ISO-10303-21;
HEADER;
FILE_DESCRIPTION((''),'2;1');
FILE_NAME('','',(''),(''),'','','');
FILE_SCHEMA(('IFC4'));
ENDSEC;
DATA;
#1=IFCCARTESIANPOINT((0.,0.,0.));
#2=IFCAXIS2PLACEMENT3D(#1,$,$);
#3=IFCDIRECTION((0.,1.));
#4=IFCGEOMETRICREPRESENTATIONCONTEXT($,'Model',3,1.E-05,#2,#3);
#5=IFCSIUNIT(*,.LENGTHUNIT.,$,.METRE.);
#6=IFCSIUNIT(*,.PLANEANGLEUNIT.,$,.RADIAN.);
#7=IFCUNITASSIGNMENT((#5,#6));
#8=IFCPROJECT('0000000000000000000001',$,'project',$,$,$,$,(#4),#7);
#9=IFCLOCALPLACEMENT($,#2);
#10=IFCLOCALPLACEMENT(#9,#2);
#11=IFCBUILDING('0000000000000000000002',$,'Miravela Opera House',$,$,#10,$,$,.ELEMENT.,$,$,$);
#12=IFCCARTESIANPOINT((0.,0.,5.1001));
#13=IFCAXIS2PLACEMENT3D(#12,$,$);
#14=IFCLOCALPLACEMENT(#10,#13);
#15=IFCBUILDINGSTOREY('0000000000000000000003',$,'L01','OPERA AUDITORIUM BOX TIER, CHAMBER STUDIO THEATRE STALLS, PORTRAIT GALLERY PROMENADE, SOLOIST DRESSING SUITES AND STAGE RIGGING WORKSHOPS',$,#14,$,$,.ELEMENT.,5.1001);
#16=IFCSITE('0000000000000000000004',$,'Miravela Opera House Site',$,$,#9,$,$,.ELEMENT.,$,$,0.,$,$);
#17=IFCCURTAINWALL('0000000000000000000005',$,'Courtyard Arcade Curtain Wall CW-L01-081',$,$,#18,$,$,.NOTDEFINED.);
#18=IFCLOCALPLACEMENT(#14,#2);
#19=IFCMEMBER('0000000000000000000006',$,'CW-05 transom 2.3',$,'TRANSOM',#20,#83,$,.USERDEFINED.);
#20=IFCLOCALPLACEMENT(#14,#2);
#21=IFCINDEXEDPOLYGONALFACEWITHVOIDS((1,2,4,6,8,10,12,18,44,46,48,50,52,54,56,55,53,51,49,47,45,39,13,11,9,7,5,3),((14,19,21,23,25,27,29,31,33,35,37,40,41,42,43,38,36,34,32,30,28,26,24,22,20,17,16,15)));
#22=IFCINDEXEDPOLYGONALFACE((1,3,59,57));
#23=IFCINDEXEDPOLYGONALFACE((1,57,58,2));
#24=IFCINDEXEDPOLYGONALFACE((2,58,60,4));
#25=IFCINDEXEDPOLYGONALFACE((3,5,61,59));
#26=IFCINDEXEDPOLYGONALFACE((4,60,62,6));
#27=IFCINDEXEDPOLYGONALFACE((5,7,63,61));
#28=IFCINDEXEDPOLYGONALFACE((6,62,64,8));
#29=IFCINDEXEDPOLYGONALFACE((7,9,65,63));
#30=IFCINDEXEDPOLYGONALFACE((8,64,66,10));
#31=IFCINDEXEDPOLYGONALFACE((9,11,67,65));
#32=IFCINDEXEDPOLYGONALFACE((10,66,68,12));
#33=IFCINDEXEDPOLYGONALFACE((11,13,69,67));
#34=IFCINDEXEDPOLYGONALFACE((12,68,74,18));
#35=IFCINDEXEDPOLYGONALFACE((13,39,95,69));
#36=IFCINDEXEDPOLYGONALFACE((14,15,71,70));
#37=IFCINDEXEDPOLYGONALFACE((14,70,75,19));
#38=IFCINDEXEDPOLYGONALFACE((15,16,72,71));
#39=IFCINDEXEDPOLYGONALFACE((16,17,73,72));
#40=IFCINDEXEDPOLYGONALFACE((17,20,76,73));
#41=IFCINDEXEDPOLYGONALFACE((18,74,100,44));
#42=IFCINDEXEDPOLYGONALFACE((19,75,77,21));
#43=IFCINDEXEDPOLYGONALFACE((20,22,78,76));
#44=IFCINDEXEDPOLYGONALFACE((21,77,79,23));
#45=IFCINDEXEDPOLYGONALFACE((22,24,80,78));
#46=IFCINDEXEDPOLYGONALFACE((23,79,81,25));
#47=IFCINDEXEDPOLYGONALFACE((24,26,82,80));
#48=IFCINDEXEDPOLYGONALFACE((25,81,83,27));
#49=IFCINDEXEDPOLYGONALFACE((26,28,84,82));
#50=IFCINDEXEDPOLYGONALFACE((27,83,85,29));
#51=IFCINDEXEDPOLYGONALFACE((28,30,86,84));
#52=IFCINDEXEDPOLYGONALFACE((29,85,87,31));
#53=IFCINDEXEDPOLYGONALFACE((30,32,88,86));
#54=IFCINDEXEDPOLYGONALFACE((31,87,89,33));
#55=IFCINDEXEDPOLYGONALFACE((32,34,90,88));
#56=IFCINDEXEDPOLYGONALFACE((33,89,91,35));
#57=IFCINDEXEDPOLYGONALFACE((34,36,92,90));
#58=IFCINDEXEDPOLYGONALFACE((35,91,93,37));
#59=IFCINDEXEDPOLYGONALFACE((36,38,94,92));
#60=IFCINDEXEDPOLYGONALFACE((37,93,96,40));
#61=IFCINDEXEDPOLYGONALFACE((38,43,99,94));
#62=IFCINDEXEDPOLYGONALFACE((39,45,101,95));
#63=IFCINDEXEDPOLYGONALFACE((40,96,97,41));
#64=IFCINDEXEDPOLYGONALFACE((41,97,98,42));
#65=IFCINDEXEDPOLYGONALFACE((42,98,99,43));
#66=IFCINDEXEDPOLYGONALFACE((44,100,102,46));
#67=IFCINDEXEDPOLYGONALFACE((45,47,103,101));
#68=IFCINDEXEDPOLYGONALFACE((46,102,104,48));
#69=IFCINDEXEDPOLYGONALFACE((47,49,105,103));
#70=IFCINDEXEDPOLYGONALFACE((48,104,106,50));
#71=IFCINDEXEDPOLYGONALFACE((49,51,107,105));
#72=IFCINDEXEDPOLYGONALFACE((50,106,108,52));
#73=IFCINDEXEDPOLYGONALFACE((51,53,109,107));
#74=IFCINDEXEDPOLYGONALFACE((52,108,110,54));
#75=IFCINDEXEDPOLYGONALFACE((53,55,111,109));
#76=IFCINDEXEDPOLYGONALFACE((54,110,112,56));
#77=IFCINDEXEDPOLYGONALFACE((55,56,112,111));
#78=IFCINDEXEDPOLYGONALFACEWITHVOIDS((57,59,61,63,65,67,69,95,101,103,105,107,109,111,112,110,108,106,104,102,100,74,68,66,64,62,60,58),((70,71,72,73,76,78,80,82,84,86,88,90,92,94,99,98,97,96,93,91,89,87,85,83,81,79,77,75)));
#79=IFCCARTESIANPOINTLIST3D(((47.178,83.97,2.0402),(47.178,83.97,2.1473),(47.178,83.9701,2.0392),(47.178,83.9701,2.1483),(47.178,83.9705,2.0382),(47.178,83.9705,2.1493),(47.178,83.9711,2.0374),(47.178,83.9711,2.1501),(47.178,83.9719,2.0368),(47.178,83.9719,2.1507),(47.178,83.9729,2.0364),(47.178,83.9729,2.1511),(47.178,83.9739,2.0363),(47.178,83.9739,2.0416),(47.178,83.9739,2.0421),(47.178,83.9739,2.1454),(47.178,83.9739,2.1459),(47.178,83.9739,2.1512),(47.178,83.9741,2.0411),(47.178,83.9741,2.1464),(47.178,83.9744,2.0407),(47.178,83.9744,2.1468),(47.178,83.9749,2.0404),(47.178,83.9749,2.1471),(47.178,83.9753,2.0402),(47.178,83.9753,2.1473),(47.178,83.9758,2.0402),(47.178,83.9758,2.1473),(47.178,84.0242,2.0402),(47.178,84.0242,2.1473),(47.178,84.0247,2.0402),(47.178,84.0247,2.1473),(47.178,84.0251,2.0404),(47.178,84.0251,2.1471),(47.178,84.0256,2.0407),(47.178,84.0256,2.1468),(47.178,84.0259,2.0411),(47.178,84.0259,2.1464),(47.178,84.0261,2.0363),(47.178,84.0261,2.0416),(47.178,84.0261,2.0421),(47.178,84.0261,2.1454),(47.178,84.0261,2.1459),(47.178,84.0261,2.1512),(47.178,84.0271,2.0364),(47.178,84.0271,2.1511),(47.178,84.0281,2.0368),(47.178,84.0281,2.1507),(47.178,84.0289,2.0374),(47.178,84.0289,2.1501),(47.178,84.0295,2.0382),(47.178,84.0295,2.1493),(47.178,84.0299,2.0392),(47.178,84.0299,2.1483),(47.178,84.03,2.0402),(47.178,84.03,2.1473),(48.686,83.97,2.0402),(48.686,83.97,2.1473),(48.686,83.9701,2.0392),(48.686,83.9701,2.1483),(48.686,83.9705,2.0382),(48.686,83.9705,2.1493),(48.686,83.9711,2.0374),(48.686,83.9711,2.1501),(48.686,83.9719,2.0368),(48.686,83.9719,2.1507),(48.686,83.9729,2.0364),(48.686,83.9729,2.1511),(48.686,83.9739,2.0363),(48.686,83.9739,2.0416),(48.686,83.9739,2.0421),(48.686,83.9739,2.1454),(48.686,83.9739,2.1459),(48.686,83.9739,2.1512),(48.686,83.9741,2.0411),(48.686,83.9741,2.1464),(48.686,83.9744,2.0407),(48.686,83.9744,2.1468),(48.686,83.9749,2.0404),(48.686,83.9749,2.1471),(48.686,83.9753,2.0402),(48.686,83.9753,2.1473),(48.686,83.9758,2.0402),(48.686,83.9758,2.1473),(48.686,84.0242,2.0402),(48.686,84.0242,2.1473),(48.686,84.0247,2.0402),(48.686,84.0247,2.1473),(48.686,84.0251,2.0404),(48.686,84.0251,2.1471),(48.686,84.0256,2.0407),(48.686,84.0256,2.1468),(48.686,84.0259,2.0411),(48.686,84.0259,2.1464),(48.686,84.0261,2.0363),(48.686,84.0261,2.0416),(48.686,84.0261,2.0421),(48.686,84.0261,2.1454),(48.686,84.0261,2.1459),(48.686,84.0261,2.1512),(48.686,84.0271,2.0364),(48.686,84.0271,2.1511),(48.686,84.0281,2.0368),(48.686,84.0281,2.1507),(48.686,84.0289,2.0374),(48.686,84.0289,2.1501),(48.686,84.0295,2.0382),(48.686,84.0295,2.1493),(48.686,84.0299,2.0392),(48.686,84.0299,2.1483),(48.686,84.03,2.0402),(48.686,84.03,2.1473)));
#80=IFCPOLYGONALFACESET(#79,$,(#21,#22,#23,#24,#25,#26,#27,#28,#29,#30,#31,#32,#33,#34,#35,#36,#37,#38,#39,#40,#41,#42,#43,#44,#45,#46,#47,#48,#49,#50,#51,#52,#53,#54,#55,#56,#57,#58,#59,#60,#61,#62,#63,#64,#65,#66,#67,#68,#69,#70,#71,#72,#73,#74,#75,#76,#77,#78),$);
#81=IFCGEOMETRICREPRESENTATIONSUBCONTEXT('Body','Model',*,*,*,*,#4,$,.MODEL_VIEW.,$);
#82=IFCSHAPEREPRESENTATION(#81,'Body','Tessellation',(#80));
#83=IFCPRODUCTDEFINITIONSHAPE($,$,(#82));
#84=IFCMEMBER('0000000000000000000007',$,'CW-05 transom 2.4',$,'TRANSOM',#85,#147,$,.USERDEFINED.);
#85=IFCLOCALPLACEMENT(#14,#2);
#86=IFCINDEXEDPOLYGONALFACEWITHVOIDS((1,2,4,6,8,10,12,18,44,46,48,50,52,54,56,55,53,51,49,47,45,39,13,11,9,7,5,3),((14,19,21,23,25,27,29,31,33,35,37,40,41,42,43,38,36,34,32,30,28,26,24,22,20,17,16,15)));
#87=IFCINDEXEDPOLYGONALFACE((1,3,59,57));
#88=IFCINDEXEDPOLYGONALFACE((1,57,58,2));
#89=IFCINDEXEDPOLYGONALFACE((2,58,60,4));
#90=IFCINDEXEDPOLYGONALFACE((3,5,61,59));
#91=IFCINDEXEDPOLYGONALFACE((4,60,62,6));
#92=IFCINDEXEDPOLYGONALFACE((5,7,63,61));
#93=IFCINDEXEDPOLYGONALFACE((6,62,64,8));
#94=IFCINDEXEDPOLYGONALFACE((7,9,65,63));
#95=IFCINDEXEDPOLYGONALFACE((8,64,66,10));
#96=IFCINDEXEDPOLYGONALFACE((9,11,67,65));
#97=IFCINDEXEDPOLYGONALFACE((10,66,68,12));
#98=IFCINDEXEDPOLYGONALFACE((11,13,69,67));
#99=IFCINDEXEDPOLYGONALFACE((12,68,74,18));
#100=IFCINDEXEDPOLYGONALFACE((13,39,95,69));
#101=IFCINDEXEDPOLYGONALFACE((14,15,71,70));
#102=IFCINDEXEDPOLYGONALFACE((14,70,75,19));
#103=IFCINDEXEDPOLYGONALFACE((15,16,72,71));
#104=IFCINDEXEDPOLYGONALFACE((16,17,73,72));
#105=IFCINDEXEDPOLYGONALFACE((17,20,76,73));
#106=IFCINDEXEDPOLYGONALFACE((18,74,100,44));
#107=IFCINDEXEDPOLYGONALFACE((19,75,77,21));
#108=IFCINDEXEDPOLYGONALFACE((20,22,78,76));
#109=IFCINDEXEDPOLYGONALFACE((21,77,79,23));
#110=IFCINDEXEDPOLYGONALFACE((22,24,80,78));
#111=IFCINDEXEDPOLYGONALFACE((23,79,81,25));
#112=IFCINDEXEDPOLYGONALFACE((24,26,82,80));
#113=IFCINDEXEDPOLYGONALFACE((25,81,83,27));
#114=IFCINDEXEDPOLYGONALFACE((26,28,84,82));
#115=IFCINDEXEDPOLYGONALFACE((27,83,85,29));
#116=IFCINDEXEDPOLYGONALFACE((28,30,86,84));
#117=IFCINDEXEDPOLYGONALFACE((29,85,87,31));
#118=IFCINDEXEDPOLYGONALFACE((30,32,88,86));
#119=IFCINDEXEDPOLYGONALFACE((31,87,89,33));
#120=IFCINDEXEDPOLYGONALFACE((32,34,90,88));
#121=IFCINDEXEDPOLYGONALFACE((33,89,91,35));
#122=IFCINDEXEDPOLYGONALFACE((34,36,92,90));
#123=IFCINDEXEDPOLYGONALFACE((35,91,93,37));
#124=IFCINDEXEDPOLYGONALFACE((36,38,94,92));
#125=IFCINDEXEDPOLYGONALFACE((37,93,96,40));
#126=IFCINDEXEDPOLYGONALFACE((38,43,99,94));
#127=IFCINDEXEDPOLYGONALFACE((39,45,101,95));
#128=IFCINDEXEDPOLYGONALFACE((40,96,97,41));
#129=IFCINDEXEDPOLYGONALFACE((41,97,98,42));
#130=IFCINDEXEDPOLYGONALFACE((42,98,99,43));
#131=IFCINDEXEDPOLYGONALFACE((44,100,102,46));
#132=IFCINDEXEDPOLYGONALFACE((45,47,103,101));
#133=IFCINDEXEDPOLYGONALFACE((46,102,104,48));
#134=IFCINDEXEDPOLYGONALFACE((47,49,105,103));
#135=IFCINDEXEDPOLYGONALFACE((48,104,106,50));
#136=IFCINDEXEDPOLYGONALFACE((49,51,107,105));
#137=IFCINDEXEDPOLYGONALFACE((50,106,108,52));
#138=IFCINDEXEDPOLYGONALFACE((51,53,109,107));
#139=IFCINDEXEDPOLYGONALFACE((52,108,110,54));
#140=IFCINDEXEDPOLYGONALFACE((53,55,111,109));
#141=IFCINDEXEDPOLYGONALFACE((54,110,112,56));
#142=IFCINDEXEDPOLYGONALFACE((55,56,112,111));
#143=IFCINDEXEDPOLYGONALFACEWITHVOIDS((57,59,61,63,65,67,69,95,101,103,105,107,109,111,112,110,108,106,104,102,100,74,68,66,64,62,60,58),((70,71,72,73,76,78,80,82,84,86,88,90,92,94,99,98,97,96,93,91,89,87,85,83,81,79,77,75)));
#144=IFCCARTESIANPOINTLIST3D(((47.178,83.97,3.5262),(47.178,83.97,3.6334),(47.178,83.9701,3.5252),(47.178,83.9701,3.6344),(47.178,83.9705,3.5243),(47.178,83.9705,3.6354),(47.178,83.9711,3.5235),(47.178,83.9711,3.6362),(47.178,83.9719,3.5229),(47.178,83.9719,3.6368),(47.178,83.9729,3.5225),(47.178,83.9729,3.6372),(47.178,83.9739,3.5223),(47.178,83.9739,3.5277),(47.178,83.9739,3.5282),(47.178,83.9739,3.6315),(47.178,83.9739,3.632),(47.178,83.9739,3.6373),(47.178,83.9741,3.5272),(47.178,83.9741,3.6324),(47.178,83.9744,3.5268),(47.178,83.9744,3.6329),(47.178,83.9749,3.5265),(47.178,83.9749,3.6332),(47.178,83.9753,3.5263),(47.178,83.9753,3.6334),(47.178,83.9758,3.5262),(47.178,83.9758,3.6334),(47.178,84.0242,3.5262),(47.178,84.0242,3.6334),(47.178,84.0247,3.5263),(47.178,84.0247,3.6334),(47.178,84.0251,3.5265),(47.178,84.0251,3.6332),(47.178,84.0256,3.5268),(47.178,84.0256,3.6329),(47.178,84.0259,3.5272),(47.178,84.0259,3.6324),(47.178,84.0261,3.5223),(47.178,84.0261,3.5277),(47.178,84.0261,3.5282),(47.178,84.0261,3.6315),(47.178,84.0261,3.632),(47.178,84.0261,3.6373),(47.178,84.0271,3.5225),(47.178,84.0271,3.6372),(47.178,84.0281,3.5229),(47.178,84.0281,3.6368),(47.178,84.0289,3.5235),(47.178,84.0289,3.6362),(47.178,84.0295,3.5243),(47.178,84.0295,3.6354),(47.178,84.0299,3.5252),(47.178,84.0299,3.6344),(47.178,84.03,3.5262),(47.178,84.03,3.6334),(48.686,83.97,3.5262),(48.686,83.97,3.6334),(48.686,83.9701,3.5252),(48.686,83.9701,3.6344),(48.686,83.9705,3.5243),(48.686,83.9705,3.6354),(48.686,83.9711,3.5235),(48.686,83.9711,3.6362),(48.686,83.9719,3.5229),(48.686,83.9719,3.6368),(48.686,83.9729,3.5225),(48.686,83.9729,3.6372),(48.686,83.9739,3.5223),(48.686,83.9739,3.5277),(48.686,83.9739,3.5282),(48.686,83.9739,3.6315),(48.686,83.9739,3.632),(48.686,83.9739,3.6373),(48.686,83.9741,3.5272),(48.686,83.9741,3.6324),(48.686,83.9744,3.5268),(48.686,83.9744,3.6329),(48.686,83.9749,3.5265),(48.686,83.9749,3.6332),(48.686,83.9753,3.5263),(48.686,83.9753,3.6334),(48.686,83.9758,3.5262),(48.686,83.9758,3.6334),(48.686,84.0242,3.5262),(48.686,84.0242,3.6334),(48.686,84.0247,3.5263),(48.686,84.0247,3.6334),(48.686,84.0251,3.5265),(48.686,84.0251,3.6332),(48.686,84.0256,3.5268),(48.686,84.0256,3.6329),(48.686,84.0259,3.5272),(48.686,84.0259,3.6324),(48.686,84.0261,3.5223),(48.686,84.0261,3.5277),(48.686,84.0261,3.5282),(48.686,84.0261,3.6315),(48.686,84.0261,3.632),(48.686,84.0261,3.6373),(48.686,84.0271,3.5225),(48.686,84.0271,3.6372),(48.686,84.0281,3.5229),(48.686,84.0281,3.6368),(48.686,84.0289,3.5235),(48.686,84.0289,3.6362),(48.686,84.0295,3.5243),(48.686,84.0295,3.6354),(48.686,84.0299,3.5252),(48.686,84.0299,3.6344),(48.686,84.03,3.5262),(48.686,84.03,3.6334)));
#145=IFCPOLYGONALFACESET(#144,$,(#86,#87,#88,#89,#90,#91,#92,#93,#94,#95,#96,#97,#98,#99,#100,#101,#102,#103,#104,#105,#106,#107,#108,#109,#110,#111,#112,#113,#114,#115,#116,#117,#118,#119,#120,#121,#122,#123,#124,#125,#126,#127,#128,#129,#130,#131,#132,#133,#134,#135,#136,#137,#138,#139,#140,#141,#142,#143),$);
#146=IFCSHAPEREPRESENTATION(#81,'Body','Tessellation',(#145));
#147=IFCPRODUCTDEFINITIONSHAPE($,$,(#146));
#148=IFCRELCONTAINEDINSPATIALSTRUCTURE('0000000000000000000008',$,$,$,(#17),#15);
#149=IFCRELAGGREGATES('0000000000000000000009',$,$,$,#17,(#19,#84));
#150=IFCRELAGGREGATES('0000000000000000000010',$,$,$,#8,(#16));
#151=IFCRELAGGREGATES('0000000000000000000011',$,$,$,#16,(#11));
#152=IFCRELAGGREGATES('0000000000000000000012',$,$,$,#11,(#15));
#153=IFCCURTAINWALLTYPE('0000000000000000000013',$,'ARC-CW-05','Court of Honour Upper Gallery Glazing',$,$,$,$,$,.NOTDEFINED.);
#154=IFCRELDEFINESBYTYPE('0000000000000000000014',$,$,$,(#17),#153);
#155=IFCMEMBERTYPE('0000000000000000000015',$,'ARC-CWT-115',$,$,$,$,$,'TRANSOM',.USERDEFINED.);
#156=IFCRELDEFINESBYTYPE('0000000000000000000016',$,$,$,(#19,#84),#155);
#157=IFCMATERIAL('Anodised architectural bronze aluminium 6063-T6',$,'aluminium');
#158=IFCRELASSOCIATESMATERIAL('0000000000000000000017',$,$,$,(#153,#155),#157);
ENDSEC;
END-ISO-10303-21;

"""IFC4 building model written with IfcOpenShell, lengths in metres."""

from ifc_helpers import new_model, si_unit, direction, frame, origin, origin_2d, place, context, subcontext, project, spatial, hollow_rectangle, extrude, material, material_profile, profile_set, type_object, element, aggregate, save


model = new_model("IFC4")

# Units and contexts
model_context = context("Model", 3, precision=1e-05, world=origin(), true_north=direction((0.0, 1.0)))
body_context = subcontext(model_context, "Body", "Model", "MODEL_VIEW")
ifc_project = project(units=[si_unit("LENGTHUNIT", "METRE"), si_unit("PLANEANGLEUNIT", "RADIAN")], contexts=[model_context])

# Site, building, storey
site_placement = place(None, origin())
site = spatial("IfcSite", under=ifc_project, at=site_placement, Name="Miravela Opera House Site", CompositionType="ELEMENT", RefElevation=0.0)
building_placement = place(site_placement, origin())
building = spatial("IfcBuilding", under=site, at=building_placement, Name="Miravela Opera House", CompositionType="ELEMENT")
storey_placement = place(building_placement, frame((0.0, 0.0, 5.1001)))
storey = spatial("IfcBuildingStorey", under=building, at=storey_placement, Name="L01", Description="OPERA AUDITORIUM BOX TIER, CHAMBER STUDIO THEATRE STALLS, PORTRAIT GALLERY PROMENADE, SOLOIST DRESSING SUITES AND STAGE RIGGING WORKSHOPS", CompositionType="ELEMENT", Elevation=5.1001)

# Shared definitions
ifc_material_1 = material(Name="Anodised architectural bronze aluminium 6063-T6", Category="aluminium")
curtain_wall_type = type_object("IfcCurtainWallType", Name="ARC-CW-05", Description="Court of Honour Upper Gallery Glazing", PredefinedType="NOTDEFINED", material=ifc_material_1)

# Curtain wall, members
curtain_wall_1_placement = place(storey_placement, origin())
curtain_wall_1 = element("IfcCurtainWall", 1, at=curtain_wall_1_placement, inside=storey, type_object=curtain_wall_type, Name="Courtyard Arcade Curtain Wall CW-L01-081", PredefinedType="NOTDEFINED")
ifc_material_profile_1 = material_profile(ifc_material_1, hollow_rectangle(XDim=0.0601, YDim=0.115, WallThickness=0.0039, InnerFilletRadius=0.002, OuterFilletRadius=0.0039, at=origin_2d()), Name="CWT-60X115")
ifc_profile_set_1 = profile_set([ifc_material_profile_1])
member_type_1 = type_object("IfcMemberType", Name="ARC-CWT-115", ElementType="TRANSOM", PredefinedType="USERDEFINED", material=ifc_profile_set_1)
member_1_placement = place(storey_placement, frame((47.178, 84.0, 2.0938), z_axis=(1.0, 0.0, 0.0), x_axis=(0.0, 1.0, 0.0)))
member_1 = element("IfcMember", 2, at=member_1_placement, type_object=member_type_1, Name="CW-05 transom 2.3", ObjectType="TRANSOM", PredefinedType="USERDEFINED", context=body_context, shape_type="SweptSolid", body=[
    extrude(hollow_rectangle(XDim=0.0601, YDim=0.115, WallThickness=0.0039, InnerFilletRadius=0.002, OuterFilletRadius=0.0039, at=origin_2d()), origin(), (0.0, 0.0, 1.0), 1.5081),
])
member_2_placement = place(storey_placement, frame((47.178, 84.0, 3.5798), z_axis=(1.0, 0.0, 0.0), x_axis=(0.0, 1.0, 0.0)))
member_2 = element("IfcMember", 3, at=member_2_placement, type_object=member_type_1, Name="CW-05 transom 2.4", ObjectType="TRANSOM", PredefinedType="USERDEFINED", context=body_context, shape_type="SweptSolid", body=[
    extrude(hollow_rectangle(XDim=0.0601, YDim=0.115, WallThickness=0.0039, InnerFilletRadius=0.002, OuterFilletRadius=0.0039, at=origin_2d()), origin(), (0.0, 0.0, 1.0), 1.5081),
])

aggregate(curtain_wall_1, [member_1, member_2])

save(model, "model.ifc")
